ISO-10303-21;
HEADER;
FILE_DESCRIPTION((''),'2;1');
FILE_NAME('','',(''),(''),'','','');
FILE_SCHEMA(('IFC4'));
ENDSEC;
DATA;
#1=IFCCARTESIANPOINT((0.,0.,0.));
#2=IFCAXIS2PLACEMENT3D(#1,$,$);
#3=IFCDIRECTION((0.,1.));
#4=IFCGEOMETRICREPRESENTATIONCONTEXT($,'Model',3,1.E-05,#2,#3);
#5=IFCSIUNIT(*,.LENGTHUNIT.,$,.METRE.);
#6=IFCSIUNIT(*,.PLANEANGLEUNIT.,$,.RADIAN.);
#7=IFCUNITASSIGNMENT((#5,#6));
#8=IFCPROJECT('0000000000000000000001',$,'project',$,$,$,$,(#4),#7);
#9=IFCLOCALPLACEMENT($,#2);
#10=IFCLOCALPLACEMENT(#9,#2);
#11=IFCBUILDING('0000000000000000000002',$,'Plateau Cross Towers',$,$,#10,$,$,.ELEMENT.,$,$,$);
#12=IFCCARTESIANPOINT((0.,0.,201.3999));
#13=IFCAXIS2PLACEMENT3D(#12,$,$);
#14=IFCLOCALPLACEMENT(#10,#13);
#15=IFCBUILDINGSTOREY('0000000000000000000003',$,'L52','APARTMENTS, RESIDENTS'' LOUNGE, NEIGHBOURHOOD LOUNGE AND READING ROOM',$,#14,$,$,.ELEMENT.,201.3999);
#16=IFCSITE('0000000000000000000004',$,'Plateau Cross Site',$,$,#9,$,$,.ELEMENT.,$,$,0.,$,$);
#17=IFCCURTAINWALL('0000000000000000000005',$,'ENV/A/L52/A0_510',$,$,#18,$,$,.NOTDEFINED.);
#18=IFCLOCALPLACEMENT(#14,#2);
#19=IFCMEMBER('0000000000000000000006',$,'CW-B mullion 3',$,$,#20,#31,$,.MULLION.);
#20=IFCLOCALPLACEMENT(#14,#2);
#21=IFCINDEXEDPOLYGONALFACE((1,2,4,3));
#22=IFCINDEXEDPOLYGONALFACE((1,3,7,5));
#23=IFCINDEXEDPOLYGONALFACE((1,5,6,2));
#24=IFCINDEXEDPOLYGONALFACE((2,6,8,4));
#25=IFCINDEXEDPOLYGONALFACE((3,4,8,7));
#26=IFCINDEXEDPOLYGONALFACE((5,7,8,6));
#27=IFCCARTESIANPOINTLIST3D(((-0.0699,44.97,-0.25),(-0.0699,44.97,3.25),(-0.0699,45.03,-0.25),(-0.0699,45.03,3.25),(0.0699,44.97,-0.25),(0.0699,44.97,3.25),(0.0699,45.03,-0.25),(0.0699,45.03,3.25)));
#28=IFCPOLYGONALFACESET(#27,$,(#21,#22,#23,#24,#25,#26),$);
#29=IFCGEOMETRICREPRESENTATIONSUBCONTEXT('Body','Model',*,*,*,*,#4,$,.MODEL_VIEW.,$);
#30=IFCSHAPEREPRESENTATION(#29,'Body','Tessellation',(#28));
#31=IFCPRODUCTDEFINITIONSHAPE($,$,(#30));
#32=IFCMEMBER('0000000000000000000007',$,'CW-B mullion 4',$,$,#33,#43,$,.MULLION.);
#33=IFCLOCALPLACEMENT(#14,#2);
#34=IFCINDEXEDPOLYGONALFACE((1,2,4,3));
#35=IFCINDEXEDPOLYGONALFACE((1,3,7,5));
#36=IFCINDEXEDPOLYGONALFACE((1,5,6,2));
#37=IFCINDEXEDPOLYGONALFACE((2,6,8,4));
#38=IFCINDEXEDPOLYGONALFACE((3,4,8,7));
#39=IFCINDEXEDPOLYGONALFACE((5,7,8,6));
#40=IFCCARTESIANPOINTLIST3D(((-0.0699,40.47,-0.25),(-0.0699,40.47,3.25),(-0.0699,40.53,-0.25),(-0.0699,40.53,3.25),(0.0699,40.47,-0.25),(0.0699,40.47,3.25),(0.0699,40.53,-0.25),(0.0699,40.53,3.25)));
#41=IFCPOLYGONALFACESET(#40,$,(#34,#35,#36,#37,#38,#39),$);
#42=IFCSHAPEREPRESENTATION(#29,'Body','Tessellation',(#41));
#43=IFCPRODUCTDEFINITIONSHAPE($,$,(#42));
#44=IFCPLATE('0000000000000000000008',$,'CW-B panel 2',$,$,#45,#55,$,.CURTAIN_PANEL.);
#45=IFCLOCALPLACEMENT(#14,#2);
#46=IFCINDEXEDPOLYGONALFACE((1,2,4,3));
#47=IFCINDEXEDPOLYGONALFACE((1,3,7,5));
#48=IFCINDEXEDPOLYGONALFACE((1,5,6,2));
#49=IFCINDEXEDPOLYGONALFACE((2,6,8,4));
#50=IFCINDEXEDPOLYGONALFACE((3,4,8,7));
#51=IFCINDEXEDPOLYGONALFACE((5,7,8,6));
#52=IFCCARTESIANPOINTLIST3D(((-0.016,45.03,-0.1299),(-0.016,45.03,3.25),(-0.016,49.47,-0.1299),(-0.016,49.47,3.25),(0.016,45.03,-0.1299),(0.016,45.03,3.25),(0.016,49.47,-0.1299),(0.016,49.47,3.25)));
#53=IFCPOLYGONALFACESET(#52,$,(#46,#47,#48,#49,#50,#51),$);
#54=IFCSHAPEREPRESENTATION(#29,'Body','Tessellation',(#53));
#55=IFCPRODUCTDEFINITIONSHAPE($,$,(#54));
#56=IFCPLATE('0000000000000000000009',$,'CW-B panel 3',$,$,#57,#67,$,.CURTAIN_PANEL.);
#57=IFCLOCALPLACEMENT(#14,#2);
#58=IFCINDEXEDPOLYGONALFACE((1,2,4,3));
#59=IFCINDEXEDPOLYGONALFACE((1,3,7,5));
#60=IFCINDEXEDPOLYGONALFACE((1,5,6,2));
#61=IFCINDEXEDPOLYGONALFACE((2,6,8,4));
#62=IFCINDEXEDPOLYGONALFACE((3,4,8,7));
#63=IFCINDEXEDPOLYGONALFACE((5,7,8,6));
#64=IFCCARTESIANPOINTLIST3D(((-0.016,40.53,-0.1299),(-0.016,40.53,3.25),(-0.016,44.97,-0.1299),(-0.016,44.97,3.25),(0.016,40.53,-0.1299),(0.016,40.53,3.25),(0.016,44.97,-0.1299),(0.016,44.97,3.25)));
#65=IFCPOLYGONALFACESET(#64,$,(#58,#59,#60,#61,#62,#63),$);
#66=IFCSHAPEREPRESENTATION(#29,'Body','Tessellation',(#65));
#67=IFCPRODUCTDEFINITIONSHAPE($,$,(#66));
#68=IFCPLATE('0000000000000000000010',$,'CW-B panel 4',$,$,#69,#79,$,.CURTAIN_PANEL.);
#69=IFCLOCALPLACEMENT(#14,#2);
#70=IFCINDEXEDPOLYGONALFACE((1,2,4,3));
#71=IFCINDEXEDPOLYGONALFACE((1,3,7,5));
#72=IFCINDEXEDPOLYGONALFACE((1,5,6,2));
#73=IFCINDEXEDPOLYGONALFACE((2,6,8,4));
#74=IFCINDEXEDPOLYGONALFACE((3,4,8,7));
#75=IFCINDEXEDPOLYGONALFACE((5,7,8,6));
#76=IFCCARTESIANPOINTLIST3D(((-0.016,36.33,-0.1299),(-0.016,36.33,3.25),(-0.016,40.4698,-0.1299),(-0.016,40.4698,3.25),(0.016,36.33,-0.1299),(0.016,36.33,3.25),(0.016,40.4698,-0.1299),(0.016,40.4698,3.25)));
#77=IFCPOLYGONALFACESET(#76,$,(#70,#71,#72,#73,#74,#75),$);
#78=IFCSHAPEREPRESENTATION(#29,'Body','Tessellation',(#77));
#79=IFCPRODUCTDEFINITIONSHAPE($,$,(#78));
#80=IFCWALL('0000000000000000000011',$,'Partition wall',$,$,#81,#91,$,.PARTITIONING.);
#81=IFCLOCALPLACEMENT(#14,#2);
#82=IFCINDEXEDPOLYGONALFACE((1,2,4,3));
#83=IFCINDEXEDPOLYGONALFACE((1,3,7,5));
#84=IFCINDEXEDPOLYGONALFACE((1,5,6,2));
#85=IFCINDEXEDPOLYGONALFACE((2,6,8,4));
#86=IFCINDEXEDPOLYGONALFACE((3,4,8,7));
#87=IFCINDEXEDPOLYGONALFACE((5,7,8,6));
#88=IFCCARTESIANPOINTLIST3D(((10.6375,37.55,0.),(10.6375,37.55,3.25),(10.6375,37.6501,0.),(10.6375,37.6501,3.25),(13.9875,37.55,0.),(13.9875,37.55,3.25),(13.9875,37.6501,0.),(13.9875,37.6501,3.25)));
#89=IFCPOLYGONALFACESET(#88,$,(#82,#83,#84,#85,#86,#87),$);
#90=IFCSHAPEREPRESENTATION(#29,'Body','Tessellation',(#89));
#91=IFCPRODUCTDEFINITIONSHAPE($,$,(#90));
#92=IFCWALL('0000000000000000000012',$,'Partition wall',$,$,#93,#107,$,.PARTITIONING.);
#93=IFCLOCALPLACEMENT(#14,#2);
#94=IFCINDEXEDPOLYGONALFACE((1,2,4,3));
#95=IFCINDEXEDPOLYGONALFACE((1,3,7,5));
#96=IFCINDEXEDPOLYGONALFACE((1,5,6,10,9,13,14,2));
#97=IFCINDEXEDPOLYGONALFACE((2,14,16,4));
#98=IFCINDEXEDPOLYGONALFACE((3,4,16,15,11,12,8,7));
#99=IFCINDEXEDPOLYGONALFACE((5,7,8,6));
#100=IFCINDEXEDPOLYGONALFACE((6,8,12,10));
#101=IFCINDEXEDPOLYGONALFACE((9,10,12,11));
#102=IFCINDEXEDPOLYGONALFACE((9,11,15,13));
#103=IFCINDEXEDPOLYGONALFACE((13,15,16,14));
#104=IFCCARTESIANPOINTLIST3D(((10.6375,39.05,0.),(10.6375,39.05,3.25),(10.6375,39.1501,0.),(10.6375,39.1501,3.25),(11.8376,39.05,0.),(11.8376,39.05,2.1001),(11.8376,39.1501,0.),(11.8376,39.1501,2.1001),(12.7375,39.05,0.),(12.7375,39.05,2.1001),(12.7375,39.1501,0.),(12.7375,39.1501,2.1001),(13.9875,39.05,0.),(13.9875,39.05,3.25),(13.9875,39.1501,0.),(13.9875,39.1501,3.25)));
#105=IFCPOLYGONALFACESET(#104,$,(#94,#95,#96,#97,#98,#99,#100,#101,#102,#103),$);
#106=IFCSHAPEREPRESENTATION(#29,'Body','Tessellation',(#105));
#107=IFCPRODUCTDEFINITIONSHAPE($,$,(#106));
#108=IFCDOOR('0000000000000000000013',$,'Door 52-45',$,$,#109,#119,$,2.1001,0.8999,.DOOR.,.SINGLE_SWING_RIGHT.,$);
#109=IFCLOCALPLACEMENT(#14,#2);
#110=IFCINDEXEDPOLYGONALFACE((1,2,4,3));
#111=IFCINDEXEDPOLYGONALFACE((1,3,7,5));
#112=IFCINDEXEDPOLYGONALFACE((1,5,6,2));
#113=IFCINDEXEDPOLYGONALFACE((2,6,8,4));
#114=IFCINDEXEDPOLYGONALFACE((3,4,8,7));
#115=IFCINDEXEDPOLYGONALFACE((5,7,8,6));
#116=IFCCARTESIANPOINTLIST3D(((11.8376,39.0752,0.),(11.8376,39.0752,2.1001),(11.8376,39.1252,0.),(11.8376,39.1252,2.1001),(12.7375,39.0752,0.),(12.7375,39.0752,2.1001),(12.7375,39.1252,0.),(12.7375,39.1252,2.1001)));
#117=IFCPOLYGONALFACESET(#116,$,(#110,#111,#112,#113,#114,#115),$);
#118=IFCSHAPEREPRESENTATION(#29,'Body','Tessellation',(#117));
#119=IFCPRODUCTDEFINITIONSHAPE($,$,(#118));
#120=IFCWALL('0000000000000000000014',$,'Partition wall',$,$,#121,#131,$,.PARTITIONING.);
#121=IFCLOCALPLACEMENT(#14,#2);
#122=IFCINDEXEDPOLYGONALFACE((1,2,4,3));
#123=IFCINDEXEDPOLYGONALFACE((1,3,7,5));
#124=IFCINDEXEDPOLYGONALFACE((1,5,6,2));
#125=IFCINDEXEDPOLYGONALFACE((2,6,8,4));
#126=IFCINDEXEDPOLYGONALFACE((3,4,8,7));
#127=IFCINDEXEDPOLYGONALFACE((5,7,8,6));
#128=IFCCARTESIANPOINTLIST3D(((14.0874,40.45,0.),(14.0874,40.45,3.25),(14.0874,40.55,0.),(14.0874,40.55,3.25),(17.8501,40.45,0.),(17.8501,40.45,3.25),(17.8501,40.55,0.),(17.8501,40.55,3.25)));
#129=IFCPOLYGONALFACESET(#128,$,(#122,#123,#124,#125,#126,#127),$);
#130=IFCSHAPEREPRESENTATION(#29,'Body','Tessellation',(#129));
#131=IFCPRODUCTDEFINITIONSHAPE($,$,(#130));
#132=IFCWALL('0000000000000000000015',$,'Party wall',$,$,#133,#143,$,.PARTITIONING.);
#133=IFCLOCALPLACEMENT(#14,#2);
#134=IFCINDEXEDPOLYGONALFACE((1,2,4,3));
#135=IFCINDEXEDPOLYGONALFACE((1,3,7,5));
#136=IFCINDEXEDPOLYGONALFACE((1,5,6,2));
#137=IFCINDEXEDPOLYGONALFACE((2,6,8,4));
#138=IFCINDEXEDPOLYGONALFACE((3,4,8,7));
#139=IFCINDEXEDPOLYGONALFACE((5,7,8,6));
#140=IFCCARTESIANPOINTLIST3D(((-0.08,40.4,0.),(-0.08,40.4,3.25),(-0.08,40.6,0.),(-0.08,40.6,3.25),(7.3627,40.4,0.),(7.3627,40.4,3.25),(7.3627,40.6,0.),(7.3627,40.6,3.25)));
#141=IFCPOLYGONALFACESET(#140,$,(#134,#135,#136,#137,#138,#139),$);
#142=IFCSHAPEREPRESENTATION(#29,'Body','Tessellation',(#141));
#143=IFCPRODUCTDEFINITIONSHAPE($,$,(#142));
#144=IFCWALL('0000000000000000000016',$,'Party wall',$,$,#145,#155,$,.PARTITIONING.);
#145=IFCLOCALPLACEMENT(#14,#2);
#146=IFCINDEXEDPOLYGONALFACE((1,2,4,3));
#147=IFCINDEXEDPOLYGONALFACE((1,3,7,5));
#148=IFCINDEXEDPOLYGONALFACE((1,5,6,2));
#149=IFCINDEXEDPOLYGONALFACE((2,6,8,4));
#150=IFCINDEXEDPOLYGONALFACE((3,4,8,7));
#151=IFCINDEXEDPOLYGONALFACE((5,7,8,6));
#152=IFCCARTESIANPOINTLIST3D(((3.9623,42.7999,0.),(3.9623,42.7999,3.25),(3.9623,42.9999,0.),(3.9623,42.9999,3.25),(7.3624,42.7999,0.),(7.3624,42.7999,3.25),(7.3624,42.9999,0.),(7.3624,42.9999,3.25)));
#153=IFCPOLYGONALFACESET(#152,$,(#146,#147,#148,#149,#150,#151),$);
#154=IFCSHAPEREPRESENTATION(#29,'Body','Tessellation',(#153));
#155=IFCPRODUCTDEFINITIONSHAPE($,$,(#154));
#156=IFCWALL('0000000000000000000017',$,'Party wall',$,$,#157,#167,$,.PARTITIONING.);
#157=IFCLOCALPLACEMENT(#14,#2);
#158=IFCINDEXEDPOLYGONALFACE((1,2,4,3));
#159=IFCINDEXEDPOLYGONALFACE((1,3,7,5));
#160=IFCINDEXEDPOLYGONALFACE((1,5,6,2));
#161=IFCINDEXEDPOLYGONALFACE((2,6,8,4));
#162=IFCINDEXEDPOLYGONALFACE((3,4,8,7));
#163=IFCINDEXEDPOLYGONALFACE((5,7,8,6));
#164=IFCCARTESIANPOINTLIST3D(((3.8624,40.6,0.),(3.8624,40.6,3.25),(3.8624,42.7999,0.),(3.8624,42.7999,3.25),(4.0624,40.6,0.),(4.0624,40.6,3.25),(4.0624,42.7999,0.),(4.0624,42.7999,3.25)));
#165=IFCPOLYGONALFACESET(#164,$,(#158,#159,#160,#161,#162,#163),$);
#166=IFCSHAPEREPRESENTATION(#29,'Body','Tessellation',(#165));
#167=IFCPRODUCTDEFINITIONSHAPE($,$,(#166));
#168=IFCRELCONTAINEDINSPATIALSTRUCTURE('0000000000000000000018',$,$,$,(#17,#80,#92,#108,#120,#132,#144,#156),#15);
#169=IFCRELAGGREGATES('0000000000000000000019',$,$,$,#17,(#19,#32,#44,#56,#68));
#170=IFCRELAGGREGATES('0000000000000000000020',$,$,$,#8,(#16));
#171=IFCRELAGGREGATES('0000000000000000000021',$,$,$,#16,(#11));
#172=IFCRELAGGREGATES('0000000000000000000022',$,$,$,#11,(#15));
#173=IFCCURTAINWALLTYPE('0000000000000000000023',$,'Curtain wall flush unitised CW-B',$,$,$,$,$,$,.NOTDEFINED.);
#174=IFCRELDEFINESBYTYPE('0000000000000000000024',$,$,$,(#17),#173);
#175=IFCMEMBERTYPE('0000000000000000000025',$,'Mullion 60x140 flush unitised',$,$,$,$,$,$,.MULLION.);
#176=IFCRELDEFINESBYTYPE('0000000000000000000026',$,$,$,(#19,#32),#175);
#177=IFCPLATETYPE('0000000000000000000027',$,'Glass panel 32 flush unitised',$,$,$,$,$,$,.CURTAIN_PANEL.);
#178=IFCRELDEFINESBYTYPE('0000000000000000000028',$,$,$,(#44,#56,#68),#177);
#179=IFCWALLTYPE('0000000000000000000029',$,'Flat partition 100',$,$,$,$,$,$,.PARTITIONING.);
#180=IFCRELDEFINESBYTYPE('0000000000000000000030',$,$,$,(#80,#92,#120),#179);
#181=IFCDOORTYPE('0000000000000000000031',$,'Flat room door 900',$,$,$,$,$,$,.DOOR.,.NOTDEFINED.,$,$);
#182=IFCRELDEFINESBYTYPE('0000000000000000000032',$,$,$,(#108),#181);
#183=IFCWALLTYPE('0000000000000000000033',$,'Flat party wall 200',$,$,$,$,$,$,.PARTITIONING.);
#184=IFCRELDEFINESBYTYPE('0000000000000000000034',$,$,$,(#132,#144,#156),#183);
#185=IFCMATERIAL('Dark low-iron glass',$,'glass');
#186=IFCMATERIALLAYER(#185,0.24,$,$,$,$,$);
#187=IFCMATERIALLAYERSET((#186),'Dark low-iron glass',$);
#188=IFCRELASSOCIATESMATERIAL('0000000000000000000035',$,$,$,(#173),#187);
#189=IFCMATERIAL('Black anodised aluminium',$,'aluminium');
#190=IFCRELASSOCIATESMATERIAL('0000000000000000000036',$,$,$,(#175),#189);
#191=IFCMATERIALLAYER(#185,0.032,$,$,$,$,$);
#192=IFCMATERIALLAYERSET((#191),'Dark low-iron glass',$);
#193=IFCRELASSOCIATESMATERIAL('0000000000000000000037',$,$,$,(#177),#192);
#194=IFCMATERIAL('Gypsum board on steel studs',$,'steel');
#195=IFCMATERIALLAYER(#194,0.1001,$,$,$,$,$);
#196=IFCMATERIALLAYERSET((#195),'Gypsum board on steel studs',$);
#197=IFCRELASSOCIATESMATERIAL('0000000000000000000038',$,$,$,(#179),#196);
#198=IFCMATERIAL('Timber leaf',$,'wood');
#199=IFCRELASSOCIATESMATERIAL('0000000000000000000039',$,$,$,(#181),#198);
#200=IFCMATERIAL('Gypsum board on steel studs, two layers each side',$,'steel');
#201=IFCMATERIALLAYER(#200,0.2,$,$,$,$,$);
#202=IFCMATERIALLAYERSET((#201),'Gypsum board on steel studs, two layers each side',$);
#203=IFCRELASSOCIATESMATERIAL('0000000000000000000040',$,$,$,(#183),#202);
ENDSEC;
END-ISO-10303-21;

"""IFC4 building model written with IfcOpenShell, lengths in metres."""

from ifc_helpers import new_model, si_unit, direction, frame, frame_2d, origin, origin_2d, place, context, subcontext, project, spatial, rectangle, extrude, material, layer, layer_set, material_profile, profile_set, type_object, element, fill, aggregate, save


model = new_model("IFC4")

# Units and contexts
model_context = context("Model", 3, precision=1e-05, world=origin(), true_north=direction((0.0, 1.0)))
body_context = subcontext(model_context, "Body", "Model", "MODEL_VIEW")
ifc_project = project(units=[si_unit("LENGTHUNIT", "METRE"), si_unit("PLANEANGLEUNIT", "RADIAN")], contexts=[model_context])

# Site, building, storey
site_placement = place(None, origin())
site = spatial("IfcSite", under=ifc_project, at=site_placement, Name="Plateau Cross Site", CompositionType="ELEMENT", RefElevation=0.0)
building_placement = place(site_placement, origin())
building = spatial("IfcBuilding", under=site, at=building_placement, Name="Plateau Cross Towers", CompositionType="ELEMENT")
storey_placement = place(building_placement, frame((0.0, 0.0, 201.3999)))
storey = spatial("IfcBuildingStorey", under=building, at=storey_placement, Name="L52", Description="APARTMENTS, RESIDENTS' LOUNGE, NEIGHBOURHOOD LOUNGE AND READING ROOM", CompositionType="ELEMENT", Elevation=201.3999)

# Curtain wall, members, plates
ifc_material_1 = material(Name="Dark low-iron glass", Category="glass")
ifc_layer_1 = layer(ifc_material_1, 0.24)
ifc_layer_set_1 = layer_set([ifc_layer_1], Name="Dark low-iron glass")
curtain_wall_type = type_object("IfcCurtainWallType", Name="Curtain wall flush unitised CW-B", PredefinedType="NOTDEFINED", material=ifc_layer_set_1)
curtain_wall_placement = place(storey_placement, origin())
curtain_wall = element("IfcCurtainWall", 1, at=curtain_wall_placement, inside=storey, type_object=curtain_wall_type, Name="ENV/A/L52/A0_510", PredefinedType="NOTDEFINED")
ifc_material_2 = material(Name="Black anodised aluminium", Category="aluminium")
ifc_material_profile = material_profile(ifc_material_2, rectangle(XDim=0.0601, YDim=0.1399, at=origin_2d()), Name="MULLION 60x140")
ifc_profile_set = profile_set([ifc_material_profile], Name="Black anodised aluminium")
member_type = type_object("IfcMemberType", Name="Mullion 60x140 flush unitised", PredefinedType="MULLION", material=ifc_profile_set)
member_1_placement = place(storey_placement, frame((0.0, 45.0, -0.25), z_axis=(0.0, 0.0, 1.0), x_axis=(0.0, -1.0, 0.0)))
member_1 = element("IfcMember", 2, at=member_1_placement, type_object=member_type, Name="CW-B mullion 3", PredefinedType="MULLION", context=body_context, shape_type="SweptSolid", body=[
    extrude(rectangle(XDim=0.0601, YDim=0.1399, at=origin_2d()), origin(), (0.0, 0.0, 1.0), 3.5),
])
member_2_placement = place(storey_placement, frame((0.0, 40.5, -0.25), z_axis=(0.0, 0.0, 1.0), x_axis=(0.0, -1.0, 0.0)))
member_2 = element("IfcMember", 3, at=member_2_placement, type_object=member_type, Name="CW-B mullion 4", PredefinedType="MULLION", context=body_context, shape_type="SweptSolid", body=[
    extrude(rectangle(XDim=0.0601, YDim=0.1399, at=origin_2d()), origin(), (0.0, 0.0, 1.0), 3.5),
])
ifc_layer_2 = layer(ifc_material_1, 0.032)
ifc_layer_set_2 = layer_set([ifc_layer_2], Name="Dark low-iron glass")
plate_type = type_object("IfcPlateType", Name="Glass panel 32 flush unitised", PredefinedType="CURTAIN_PANEL", material=ifc_layer_set_2)
plate_1_placement = place(storey_placement, frame((0.0, 47.25, -0.1299), z_axis=(0.0, 0.0, 1.0), x_axis=(0.0, -1.0, 0.0)))
plate_1 = element("IfcPlate", 4, at=plate_1_placement, type_object=plate_type, Name="CW-B panel 2", PredefinedType="CURTAIN_PANEL", context=body_context, shape_type="SweptSolid", body=[
    extrude(rectangle(XDim=4.4399, YDim=0.032, at=origin_2d()), origin(), (0.0, 0.0, 1.0), 3.3799),
])
plate_2_placement = place(storey_placement, frame((0.0, 42.75, -0.1299), z_axis=(0.0, 0.0, 1.0), x_axis=(0.0, -1.0, 0.0)))
plate_2 = element("IfcPlate", 5, at=plate_2_placement, type_object=plate_type, Name="CW-B panel 3", PredefinedType="CURTAIN_PANEL", context=body_context, shape_type="SweptSolid", body=[
    extrude(rectangle(XDim=4.4399, YDim=0.032, at=origin_2d()), origin(), (0.0, 0.0, 1.0), 3.3799),
])
plate_3_placement = place(storey_placement, frame((0.0, 38.3999, -0.1299), z_axis=(0.0, 0.0, 1.0), x_axis=(0.0, -1.0, 0.0)))
plate_3 = element("IfcPlate", 6, at=plate_3_placement, type_object=plate_type, Name="CW-B panel 4", PredefinedType="CURTAIN_PANEL", context=body_context, shape_type="SweptSolid", body=[
    extrude(rectangle(XDim=4.1399, YDim=0.032, at=origin_2d()), origin(), (0.0, 0.0, 1.0), 3.3799),
])
aggregate(curtain_wall, [member_1, member_2, plate_1, plate_2, plate_3])

# Wall
ifc_material_3 = material(Name="Gypsum board on steel studs", Category="steel")
ifc_layer_3 = layer(ifc_material_3, 0.1001)
ifc_layer_set_3 = layer_set([ifc_layer_3], Name="Gypsum board on steel studs")
wall_type_1 = type_object("IfcWallType", Name="Flat partition 100", PredefinedType="PARTITIONING", material=ifc_layer_set_3)
wall_1_placement = place(storey_placement, frame((13.9875, 37.6001, 0.0), z_axis=(0.0, 0.0, 1.0), x_axis=(-1.0, 0.0, 0.0)))
element("IfcWall", 7, at=wall_1_placement, inside=storey, type_object=wall_type_1, Name="Partition wall", PredefinedType="PARTITIONING", context=body_context, shape_type="SweptSolid", body=[
    extrude(rectangle(XDim=3.3501, YDim=0.1001, at=frame_2d((1.675, 0.0))), origin(), (0.0, 0.0, 1.0), 3.25),
])

# Wall, opening, door
wall_2_placement = place(storey_placement, frame((13.9875, 39.1001, 0.0), z_axis=(0.0, 0.0, 1.0), x_axis=(-1.0, 0.0, 0.0)))
wall_2 = element("IfcWall", 8, at=wall_2_placement, inside=storey, type_object=wall_type_1, Name="Partition wall", PredefinedType="PARTITIONING", context=body_context, shape_type="SweptSolid", body=[
    extrude(rectangle(XDim=3.3501, YDim=0.1001, at=frame_2d((1.675, 0.0))), origin(), (0.0, 0.0, 1.0), 3.25),
])
opening_1_placement = place(wall_2_placement, frame((1.25, 0.0, 0.0)))
opening_1 = element("IfcOpeningElement", 9, at=opening_1_placement, cuts=wall_2, PredefinedType="OPENING", context=body_context, shape_type="SweptSolid", body=[
    extrude(rectangle(XDim=0.8999, YDim=2.1001, at=frame_2d((0.45, 1.05))), frame((0.0, 0.0601, 0.0), z_axis=(0.0, -1.0, 0.0), x_axis=(1.0, 0.0, 0.0)), (0.0, 0.0, 1.0), 0.1201),
])
ifc_material_4 = material(Name="Timber leaf", Category="wood")
door_type_1 = type_object("IfcDoorType", Name="Flat room door 900", OperationType="NOTDEFINED", PredefinedType="DOOR", material=ifc_material_4)
door_1_placement = place(opening_1_placement, origin())
door_1 = element("IfcDoor", 10, at=door_1_placement, inside=storey, type_object=door_type_1, Name="Door 52-45", OperationType="SINGLE_SWING_RIGHT", OverallHeight=2.1001, OverallWidth=0.8999, PredefinedType="DOOR", context=body_context, shape_type="SweptSolid", body=[
    extrude(rectangle(XDim=0.8999, YDim=2.1001, at=frame_2d((0.45, 1.05))), frame((0.0, 0.0249, 0.0), z_axis=(0.0, -1.0, 0.0), x_axis=(1.0, 0.0, 0.0)), (0.0, 0.0, 1.0), 0.05),
])
fill(opening_1, door_1)

# Walls
wall_3_placement = place(storey_placement, frame((14.0874, 40.5, 0.0), z_axis=(0.0, 0.0, 1.0), x_axis=(1.0, 0.0, 0.0)))
element("IfcWall", 11, at=wall_3_placement, inside=storey, type_object=wall_type_1, Name="Partition wall", PredefinedType="PARTITIONING", context=body_context, shape_type="SweptSolid", body=[
    extrude(rectangle(XDim=3.7627, YDim=0.1001, at=frame_2d((1.8813, 0.0))), origin(), (0.0, 0.0, 1.0), 3.25),
])
ifc_material_5 = material(Name="Gypsum board on steel studs, two layers each side", Category="steel")
ifc_layer_4 = layer(ifc_material_5, 0.2)
ifc_layer_set_4 = layer_set([ifc_layer_4], Name="Gypsum board on steel studs, two layers each side")
wall_type_2 = type_object("IfcWallType", Name="Flat party wall 200", PredefinedType="PARTITIONING", material=ifc_layer_set_4)
wall_4_placement = place(storey_placement, frame((7.3625, 40.5, 0.0), z_axis=(0.0, 0.0, 1.0), x_axis=(-1.0, 0.0, 0.0)))
element("IfcWall", 12, at=wall_4_placement, inside=storey, type_object=wall_type_2, Name="Party wall", PredefinedType="PARTITIONING", context=body_context, shape_type="SweptSolid", body=[
    extrude(rectangle(XDim=7.4426, YDim=0.2, at=frame_2d((3.7212, 0.0))), origin(), (0.0, 0.0, 1.0), 3.25),
])
wall_5_placement = place(storey_placement, frame((7.3625, 42.8999, 0.0), z_axis=(0.0, 0.0, 1.0), x_axis=(-1.0, 0.0, 0.0)))
element("IfcWall", 13, at=wall_5_placement, inside=storey, type_object=wall_type_2, Name="Party wall", PredefinedType="PARTITIONING", context=body_context, shape_type="SweptSolid", body=[
    extrude(rectangle(XDim=3.4001, YDim=0.2, at=frame_2d((1.7002, 0.0))), origin(), (0.0, 0.0, 1.0), 3.25),
])
wall_6_placement = place(storey_placement, frame((3.9624, 42.8, 0.0), z_axis=(0.0, 0.0, 1.0), x_axis=(0.0, -1.0, 0.0)))
element("IfcWall", 14, at=wall_6_placement, inside=storey, type_object=wall_type_2, Name="Party wall", PredefinedType="PARTITIONING", context=body_context, shape_type="SweptSolid", body=[
    extrude(rectangle(XDim=2.2, YDim=0.2, at=frame_2d((1.1001, 0.0))), origin(), (0.0, 0.0, 1.0), 3.25),
])

save(model, "model.ifc")
